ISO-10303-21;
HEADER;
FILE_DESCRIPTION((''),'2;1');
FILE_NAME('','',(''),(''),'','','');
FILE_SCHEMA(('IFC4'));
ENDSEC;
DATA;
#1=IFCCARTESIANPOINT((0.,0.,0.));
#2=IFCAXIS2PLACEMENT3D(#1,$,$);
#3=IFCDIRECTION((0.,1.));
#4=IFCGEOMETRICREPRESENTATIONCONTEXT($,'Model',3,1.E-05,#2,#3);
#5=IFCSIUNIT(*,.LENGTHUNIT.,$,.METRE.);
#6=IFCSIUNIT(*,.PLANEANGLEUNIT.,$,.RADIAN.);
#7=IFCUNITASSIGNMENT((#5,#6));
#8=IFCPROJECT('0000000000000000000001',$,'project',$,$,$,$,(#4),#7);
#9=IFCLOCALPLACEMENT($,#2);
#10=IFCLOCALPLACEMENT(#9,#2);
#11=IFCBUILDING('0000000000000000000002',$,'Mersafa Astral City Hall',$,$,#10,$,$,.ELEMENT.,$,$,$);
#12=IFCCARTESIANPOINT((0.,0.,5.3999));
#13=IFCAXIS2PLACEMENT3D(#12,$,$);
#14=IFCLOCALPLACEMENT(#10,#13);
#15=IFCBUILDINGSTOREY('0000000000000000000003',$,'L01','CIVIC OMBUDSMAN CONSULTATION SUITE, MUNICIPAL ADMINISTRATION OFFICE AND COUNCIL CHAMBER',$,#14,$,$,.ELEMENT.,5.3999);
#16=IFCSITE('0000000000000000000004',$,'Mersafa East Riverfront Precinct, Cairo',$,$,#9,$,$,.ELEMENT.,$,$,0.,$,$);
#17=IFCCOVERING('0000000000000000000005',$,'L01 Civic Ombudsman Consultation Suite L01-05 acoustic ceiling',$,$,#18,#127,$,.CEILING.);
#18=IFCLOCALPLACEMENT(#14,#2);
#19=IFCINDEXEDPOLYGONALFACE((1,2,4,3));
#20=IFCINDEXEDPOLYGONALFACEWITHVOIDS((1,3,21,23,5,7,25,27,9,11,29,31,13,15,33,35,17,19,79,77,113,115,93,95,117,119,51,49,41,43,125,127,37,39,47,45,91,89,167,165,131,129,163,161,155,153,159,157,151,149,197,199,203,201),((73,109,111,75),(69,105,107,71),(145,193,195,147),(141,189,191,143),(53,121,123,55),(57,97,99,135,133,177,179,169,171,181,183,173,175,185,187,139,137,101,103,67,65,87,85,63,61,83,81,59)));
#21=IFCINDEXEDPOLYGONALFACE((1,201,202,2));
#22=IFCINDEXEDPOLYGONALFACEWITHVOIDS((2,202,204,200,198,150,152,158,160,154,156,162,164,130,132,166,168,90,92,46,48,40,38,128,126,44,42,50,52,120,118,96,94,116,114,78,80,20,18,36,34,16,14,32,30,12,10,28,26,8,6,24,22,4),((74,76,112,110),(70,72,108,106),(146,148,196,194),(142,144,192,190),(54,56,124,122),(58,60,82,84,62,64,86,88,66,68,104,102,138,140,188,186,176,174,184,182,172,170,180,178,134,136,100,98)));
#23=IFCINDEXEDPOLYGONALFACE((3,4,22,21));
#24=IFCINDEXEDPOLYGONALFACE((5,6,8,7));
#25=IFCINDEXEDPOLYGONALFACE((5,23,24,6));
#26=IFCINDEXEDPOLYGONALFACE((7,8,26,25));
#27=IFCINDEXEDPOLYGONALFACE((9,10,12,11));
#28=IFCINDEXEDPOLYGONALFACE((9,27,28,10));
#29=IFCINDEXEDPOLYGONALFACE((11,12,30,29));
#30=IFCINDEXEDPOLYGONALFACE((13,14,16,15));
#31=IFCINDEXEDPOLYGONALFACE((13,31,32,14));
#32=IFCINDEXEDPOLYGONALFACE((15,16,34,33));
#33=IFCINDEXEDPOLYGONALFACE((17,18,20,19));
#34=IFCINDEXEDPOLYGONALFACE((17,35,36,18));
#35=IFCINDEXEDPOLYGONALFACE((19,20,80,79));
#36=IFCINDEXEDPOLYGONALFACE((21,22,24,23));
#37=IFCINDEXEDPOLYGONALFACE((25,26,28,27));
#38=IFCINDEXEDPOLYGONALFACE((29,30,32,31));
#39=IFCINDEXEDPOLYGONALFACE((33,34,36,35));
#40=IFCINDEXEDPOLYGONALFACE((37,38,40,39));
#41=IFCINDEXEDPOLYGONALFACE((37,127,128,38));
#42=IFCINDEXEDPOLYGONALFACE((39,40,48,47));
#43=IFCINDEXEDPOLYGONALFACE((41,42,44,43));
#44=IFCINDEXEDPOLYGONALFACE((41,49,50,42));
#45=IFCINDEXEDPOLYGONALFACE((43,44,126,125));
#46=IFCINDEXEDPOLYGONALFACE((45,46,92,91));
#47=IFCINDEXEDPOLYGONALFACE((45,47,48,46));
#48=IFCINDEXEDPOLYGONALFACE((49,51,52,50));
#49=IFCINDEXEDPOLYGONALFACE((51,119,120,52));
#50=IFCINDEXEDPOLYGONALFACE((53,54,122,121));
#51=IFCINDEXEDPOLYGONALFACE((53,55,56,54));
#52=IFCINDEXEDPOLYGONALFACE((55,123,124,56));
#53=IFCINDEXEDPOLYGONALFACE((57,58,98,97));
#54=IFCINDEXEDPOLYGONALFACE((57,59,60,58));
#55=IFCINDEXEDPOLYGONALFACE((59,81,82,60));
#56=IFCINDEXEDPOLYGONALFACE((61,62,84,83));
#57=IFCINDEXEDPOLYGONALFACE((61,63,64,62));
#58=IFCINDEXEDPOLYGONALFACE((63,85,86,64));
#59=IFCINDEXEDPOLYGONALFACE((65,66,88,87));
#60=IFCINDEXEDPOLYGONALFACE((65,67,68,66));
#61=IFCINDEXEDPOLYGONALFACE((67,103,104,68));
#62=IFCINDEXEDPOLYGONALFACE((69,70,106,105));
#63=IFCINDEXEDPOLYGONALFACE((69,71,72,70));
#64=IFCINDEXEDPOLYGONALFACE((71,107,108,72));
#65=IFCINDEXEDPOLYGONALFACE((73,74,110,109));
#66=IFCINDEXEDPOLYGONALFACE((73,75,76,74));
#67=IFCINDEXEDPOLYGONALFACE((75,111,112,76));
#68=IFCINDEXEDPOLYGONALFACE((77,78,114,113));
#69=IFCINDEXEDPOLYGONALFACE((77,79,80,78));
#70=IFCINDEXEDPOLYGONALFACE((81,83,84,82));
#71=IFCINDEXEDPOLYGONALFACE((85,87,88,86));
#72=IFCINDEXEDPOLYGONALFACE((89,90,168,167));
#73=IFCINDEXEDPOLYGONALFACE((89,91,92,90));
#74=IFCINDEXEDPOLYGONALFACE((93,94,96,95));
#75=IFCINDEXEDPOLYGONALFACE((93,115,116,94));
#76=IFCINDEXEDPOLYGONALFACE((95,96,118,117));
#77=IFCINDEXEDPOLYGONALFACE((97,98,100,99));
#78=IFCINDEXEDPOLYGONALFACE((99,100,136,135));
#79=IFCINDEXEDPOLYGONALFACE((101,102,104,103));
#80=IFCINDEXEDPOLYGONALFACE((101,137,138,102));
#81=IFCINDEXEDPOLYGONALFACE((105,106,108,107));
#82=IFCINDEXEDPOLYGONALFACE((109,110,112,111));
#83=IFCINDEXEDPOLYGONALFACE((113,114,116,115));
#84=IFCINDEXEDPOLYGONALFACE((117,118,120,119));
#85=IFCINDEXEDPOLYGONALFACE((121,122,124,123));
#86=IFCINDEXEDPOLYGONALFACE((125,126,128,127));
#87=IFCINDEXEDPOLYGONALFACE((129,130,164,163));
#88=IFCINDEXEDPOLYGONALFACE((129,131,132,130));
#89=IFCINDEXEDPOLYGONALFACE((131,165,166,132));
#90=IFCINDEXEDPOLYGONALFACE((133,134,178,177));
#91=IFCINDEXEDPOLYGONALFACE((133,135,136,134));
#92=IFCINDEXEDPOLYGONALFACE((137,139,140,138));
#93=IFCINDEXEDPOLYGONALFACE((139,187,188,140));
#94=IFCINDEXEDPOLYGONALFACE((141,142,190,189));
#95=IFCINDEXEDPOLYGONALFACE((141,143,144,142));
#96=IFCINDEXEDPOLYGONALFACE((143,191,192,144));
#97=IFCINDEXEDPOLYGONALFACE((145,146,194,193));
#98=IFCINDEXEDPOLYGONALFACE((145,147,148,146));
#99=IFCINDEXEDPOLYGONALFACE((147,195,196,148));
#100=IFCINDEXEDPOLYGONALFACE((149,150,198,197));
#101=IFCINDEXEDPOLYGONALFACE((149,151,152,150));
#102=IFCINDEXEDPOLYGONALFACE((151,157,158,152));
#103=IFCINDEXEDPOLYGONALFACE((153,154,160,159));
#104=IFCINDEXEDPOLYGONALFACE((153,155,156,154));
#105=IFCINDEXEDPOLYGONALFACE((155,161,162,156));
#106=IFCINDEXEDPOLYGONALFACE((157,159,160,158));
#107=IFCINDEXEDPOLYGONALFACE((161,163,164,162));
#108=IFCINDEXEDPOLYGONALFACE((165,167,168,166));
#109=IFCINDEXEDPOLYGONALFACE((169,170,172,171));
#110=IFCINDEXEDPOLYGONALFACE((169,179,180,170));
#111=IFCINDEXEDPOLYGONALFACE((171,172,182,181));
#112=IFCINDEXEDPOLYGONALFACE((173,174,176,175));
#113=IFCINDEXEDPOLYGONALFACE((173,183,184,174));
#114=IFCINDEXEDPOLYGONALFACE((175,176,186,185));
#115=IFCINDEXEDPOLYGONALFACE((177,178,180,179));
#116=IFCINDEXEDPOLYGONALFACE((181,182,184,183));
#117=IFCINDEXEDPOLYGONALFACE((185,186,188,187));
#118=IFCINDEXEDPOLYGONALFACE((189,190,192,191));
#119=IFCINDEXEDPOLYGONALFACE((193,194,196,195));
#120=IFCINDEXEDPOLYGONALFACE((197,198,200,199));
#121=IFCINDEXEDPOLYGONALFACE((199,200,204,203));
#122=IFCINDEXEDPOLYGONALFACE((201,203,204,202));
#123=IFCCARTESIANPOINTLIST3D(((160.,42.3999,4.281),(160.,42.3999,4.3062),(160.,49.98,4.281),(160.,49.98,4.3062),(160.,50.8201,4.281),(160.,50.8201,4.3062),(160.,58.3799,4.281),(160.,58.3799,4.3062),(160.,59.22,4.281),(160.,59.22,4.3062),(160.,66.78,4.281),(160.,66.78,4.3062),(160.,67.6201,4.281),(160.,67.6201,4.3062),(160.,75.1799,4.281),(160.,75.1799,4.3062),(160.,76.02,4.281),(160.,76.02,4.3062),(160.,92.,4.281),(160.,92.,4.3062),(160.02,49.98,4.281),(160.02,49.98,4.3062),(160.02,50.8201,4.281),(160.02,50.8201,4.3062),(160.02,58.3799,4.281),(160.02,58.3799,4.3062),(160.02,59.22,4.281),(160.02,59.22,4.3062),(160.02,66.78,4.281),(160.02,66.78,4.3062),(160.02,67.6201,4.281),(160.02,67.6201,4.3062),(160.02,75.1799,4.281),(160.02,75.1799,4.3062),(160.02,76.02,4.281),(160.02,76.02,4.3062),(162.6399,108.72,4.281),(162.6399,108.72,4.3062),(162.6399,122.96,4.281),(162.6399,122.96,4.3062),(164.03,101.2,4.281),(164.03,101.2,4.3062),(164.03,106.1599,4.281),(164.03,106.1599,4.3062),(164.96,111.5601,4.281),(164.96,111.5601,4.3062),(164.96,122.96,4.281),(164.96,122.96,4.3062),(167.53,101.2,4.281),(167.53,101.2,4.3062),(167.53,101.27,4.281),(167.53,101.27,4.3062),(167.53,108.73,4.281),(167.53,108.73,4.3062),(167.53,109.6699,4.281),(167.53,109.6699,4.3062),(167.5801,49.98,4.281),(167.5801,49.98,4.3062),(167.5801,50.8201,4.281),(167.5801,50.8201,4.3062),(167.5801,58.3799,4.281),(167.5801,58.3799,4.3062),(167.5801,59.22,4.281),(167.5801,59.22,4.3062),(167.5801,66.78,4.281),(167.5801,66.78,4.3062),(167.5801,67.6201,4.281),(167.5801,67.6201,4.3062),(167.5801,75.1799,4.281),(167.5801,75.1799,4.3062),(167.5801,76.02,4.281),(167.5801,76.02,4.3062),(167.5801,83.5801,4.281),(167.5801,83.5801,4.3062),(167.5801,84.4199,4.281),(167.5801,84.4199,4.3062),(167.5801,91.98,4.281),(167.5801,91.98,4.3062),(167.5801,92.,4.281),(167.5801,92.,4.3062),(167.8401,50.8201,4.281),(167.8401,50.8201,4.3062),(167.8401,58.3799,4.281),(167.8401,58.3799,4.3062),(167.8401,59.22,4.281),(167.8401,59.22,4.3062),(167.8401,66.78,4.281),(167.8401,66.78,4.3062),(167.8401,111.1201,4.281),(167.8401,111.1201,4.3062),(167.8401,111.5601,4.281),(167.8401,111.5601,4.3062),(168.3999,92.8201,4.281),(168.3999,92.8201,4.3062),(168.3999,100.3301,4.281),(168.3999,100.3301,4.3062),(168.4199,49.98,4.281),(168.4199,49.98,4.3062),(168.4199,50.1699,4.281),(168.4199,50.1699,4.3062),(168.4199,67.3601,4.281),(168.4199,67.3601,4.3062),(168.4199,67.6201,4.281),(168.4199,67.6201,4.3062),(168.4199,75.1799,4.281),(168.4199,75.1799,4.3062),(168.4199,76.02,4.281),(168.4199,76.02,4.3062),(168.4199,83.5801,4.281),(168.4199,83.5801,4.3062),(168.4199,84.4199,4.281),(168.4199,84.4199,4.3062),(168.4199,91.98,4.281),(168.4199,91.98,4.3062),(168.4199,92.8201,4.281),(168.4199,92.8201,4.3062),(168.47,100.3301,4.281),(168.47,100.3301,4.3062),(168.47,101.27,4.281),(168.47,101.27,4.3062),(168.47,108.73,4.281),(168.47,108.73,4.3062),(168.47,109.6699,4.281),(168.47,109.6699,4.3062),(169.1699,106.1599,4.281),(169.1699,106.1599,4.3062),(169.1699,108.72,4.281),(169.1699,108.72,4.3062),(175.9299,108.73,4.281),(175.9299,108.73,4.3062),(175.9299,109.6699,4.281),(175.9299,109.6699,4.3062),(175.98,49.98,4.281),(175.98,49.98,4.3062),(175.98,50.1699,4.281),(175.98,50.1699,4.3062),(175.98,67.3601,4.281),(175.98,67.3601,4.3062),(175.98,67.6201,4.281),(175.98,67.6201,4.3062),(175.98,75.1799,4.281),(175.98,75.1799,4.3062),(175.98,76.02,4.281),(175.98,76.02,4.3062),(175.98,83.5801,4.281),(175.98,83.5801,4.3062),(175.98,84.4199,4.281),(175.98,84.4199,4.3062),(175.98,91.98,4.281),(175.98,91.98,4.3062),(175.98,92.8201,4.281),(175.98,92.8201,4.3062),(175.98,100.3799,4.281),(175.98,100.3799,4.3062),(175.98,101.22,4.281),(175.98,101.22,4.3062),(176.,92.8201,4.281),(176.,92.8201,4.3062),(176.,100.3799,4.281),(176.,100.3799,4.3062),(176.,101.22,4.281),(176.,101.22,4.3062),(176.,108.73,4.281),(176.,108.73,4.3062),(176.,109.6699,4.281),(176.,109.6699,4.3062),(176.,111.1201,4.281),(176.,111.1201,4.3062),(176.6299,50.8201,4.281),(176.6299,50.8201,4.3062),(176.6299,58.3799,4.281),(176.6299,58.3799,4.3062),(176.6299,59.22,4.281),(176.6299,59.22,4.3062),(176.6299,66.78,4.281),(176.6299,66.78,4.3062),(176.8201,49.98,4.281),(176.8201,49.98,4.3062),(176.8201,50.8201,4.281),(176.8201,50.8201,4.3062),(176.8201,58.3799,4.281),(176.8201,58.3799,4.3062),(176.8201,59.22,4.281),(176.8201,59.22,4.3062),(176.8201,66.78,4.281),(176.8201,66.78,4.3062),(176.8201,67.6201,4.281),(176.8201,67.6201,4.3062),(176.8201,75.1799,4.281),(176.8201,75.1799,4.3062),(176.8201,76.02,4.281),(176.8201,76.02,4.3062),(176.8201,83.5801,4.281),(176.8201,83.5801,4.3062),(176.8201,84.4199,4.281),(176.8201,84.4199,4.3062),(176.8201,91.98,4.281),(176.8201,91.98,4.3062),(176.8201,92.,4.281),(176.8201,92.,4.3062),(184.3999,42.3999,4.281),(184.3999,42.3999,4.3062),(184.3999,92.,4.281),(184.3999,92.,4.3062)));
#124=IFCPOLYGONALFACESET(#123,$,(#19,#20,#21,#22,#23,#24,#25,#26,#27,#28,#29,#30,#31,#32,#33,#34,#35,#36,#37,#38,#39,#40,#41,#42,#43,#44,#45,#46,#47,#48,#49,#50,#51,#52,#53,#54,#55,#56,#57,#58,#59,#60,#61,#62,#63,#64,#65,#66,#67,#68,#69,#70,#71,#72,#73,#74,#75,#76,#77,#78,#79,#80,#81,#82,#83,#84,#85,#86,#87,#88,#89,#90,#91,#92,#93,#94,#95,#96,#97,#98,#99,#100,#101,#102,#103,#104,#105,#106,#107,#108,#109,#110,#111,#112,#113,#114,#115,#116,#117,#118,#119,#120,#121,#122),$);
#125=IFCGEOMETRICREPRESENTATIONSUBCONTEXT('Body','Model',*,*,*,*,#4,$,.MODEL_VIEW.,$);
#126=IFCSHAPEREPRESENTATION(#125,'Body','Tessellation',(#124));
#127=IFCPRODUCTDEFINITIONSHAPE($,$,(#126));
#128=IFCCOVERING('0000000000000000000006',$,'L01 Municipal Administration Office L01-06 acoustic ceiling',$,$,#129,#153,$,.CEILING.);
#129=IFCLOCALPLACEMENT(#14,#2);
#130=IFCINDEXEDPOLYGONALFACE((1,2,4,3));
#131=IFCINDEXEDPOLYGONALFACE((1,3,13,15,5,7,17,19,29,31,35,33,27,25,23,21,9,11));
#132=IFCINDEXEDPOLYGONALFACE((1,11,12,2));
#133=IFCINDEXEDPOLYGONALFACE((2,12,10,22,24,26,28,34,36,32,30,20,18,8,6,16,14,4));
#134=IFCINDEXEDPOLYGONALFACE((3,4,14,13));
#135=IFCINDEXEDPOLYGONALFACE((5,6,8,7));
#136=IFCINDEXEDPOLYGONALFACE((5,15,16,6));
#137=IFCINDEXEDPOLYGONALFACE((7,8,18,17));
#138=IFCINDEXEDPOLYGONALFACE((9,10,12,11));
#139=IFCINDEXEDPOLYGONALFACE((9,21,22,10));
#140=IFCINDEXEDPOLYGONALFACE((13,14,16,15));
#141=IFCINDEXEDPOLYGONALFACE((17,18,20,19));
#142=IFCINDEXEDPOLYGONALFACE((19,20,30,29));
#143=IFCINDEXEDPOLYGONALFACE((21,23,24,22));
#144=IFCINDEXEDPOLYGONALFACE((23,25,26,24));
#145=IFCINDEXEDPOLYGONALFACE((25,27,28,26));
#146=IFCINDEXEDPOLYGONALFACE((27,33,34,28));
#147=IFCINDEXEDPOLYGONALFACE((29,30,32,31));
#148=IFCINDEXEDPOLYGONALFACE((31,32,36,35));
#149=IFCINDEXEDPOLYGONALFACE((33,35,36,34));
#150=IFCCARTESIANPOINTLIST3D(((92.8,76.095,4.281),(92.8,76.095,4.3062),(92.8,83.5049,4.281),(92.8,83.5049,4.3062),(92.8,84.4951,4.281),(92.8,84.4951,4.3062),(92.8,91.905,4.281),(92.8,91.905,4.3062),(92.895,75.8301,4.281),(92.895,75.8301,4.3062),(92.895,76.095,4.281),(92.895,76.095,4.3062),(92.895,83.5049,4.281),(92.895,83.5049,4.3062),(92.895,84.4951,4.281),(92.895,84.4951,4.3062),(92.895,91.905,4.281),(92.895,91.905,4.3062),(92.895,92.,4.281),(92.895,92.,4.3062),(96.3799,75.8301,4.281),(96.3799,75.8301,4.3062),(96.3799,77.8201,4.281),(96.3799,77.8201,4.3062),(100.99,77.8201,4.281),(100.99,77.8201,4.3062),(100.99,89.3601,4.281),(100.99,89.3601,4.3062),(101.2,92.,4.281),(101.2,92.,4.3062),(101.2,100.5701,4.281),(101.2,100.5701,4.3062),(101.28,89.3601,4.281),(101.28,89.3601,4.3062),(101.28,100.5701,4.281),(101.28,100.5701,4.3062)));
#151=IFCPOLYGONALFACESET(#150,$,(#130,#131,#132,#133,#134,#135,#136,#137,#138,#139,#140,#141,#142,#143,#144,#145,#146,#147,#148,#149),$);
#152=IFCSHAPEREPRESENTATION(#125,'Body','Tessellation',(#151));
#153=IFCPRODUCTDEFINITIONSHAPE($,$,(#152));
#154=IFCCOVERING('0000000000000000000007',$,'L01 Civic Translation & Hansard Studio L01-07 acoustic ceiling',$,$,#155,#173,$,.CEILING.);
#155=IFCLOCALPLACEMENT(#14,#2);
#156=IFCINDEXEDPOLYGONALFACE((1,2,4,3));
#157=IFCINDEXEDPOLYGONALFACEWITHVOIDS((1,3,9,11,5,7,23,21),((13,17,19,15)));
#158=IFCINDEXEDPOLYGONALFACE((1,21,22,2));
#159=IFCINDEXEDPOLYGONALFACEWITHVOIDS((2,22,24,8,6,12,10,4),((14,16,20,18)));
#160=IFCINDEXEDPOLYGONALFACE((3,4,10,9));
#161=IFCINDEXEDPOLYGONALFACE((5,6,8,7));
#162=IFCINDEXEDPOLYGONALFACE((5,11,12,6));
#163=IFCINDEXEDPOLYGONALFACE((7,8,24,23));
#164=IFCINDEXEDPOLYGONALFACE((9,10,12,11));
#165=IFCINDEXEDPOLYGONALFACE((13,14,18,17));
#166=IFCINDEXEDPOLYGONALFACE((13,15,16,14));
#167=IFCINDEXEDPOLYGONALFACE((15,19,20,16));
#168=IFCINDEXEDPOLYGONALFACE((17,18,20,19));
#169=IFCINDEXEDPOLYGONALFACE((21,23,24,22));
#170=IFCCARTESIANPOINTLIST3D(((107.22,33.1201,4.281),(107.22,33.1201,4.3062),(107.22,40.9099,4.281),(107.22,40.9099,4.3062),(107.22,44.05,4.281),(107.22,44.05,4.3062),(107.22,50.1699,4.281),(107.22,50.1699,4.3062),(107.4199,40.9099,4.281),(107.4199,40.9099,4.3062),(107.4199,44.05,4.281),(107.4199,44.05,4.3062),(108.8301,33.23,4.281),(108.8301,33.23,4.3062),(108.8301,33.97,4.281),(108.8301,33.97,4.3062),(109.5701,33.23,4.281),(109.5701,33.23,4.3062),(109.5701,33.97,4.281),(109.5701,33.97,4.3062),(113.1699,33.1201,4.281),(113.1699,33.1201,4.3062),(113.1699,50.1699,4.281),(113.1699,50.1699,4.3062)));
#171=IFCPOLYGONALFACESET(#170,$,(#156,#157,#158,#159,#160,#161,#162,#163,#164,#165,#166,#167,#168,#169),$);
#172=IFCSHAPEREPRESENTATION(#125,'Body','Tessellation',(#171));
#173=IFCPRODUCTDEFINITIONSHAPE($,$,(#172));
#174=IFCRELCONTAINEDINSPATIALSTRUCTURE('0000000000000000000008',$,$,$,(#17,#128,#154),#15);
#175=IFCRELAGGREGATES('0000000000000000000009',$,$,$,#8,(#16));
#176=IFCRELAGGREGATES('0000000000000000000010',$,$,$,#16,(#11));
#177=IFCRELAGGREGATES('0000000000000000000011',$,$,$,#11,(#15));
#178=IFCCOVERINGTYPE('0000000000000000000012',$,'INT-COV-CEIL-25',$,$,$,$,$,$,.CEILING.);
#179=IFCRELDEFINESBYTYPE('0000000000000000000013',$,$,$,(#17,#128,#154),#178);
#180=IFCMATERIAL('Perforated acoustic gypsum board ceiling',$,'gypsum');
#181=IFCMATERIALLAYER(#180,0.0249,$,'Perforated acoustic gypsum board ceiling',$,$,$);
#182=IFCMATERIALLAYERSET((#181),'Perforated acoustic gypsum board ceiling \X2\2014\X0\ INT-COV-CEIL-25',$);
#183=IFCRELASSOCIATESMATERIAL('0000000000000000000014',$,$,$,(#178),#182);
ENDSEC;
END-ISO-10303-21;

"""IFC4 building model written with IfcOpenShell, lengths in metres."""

from ifc_helpers import new_model, si_unit, direction, frame, origin, place, context, subcontext, project, spatial, polyline, outline, extrude, material, layer, layer_set, type_object, element, save


model = new_model("IFC4")

# Units and contexts
model_context = context("Model", 3, precision=1e-05, world=origin(), true_north=direction((0.0, 1.0)))
body_context = subcontext(model_context, "Body", "Model", "MODEL_VIEW")
ifc_project = project(units=[si_unit("LENGTHUNIT", "METRE"), si_unit("PLANEANGLEUNIT", "RADIAN")], contexts=[model_context])

# Site, building, storey
site_placement = place(None, origin())
site = spatial("IfcSite", under=ifc_project, at=site_placement, Name="Mersafa East Riverfront Precinct, Cairo", CompositionType="ELEMENT", RefElevation=0.0)
building_placement = place(site_placement, origin())
building = spatial("IfcBuilding", under=site, at=building_placement, Name="Mersafa Astral City Hall", CompositionType="ELEMENT")
storey_placement = place(building_placement, frame((0.0, 0.0, 5.3999)))
storey = spatial("IfcBuildingStorey", under=building, at=storey_placement, Name="L01", Description="CIVIC OMBUDSMAN CONSULTATION SUITE, MUNICIPAL ADMINISTRATION OFFICE AND COUNCIL CHAMBER", CompositionType="ELEMENT", Elevation=5.3999)

# Coverings
ifc_material_1 = material(Name="Perforated acoustic gypsum board ceiling", Category="gypsum")
ifc_layer_1 = layer(ifc_material_1, 0.0249, Name="Perforated acoustic gypsum board ceiling")
ifc_layer_set_1 = layer_set([ifc_layer_1], Name="Perforated acoustic gypsum board ceiling — INT-COV-CEIL-25")
covering_type_1 = type_object("IfcCoveringType", Name="INT-COV-CEIL-25", PredefinedType="CEILING", material=ifc_layer_set_1)
covering_1_placement = place(storey_placement, frame((0.0, 0.0, 4.281)))
element("IfcCovering", 1, at=covering_1_placement, inside=storey, type_object=covering_type_1, Name="L01 Civic Ombudsman Consultation Suite L01-05 acoustic ceiling", PredefinedType="CEILING", context=body_context, shape_type="SweptSolid", body=[
    extrude(outline(polyline([(160.02, 49.98), (160.02, 50.8201), (160.0, 50.8201), (160.0, 58.3799), (160.02, 58.3799), (160.02, 59.22), (160.0, 59.22), (160.0, 66.78), (160.02, 66.78), (160.02, 67.6201), (160.0, 67.6201), (160.0, 75.1799), (160.02, 75.1799), (160.02, 76.02), (160.0, 76.02), (160.0, 92.0), (167.5801, 92.0), (167.5801, 91.98), (168.4199, 91.98), (168.4199, 92.8201), (168.3999, 92.8201), (168.3999, 100.3301), (168.47, 100.3301), (168.47, 101.27), (167.53, 101.27), (167.53, 101.2), (164.03, 101.2), (164.03, 106.1599), (169.1699, 106.1599), (169.1699, 108.72), (162.6399, 108.72), (162.6399, 122.96), (164.96, 122.96), (164.96, 111.5601), (167.8401, 111.5601), (167.8401, 111.1201), (176.0, 111.1201), (176.0, 109.6699), (175.9299, 109.6699), (175.9299, 108.73), (176.0, 108.73), (176.0, 101.22), (175.98, 101.22), (175.98, 100.3799), (176.0, 100.3799), (176.0, 92.8201), (175.98, 92.8201), (175.98, 91.98), (176.8201, 91.98), (176.8201, 92.0), (184.3999, 92.0), (184.3999, 42.3999), (160.0, 42.3999), (160.0, 49.98), (160.02, 49.98)]), holes=[polyline([(175.98, 50.1699), (175.98, 49.98), (176.8201, 49.98), (176.8201, 50.8201), (176.6299, 50.8201), (176.6299, 58.3799), (176.8201, 58.3799), (176.8201, 59.22), (176.6299, 59.22), (176.6299, 66.78), (176.8201, 66.78), (176.8201, 67.6201), (175.98, 67.6201), (175.98, 67.3601), (168.4199, 67.3601), (168.4199, 67.6201), (167.5801, 67.6201), (167.5801, 66.78), (167.8401, 66.78), (167.8401, 59.22), (167.5801, 59.22), (167.5801, 58.3799), (167.8401, 58.3799), (167.8401, 50.8201), (167.5801, 50.8201), (167.5801, 49.98), (168.4199, 49.98), (168.4199, 50.1699), (175.98, 50.1699)]), polyline([(175.98, 75.1799), (176.8201, 75.1799), (176.8201, 76.02), (175.98, 76.02), (175.98, 75.1799)]), polyline([(175.98, 83.5801), (176.8201, 83.5801), (176.8201, 84.4199), (175.98, 84.4199), (175.98, 83.5801)]), polyline([(167.53, 108.73), (168.47, 108.73), (168.47, 109.6699), (167.53, 109.6699), (167.53, 108.73)]), polyline([(167.5801, 75.1799), (168.4199, 75.1799), (168.4199, 76.02), (167.5801, 76.02), (167.5801, 75.1799)]), polyline([(167.5801, 83.5801), (168.4199, 83.5801), (168.4199, 84.4199), (167.5801, 84.4199), (167.5801, 83.5801)])]), origin(), (0.0, 0.0, 1.0), 0.0251),
])
covering_2_placement = place(storey_placement, frame((0.0, 0.0, 4.281)))
element("IfcCovering", 2, at=covering_2_placement, inside=storey, type_object=covering_type_1, Name="L01 Municipal Administration Office L01-06 acoustic ceiling", PredefinedType="CEILING", context=body_context, shape_type="SweptSolid", body=[
    extrude(outline(polyline([(92.895, 91.905), (92.895, 92.0), (101.2, 92.0), (101.2, 100.5701), (101.28, 100.5701), (101.28, 89.3601), (100.99, 89.3601), (100.99, 77.8201), (96.3799, 77.8201), (96.3799, 75.8301), (92.895, 75.8301), (92.895, 76.095), (92.8, 76.095), (92.8, 83.5049), (92.895, 83.5049), (92.895, 84.4951), (92.8, 84.4951), (92.8, 91.905), (92.895, 91.905)])), origin(), (0.0, 0.0, 1.0), 0.0251),
])
covering_3_placement = place(storey_placement, frame((0.0, 0.0, 4.281)))
element("IfcCovering", 3, at=covering_3_placement, inside=storey, type_object=covering_type_1, Name="L01 Civic Translation & Hansard Studio L01-07 acoustic ceiling", PredefinedType="CEILING", context=body_context, shape_type="SweptSolid", body=[
    extrude(outline(polyline([(107.4199, 40.9099), (107.4199, 44.05), (107.22, 44.05), (107.22, 50.1699), (113.1699, 50.1699), (113.1699, 33.1201), (107.22, 33.1201), (107.22, 40.9099), (107.4199, 40.9099)]), holes=[polyline([(108.8301, 33.23), (109.5701, 33.23), (109.5701, 33.97), (108.8301, 33.97), (108.8301, 33.23)])]), origin(), (0.0, 0.0, 1.0), 0.0251),
])

save(model, "model.ifc")
